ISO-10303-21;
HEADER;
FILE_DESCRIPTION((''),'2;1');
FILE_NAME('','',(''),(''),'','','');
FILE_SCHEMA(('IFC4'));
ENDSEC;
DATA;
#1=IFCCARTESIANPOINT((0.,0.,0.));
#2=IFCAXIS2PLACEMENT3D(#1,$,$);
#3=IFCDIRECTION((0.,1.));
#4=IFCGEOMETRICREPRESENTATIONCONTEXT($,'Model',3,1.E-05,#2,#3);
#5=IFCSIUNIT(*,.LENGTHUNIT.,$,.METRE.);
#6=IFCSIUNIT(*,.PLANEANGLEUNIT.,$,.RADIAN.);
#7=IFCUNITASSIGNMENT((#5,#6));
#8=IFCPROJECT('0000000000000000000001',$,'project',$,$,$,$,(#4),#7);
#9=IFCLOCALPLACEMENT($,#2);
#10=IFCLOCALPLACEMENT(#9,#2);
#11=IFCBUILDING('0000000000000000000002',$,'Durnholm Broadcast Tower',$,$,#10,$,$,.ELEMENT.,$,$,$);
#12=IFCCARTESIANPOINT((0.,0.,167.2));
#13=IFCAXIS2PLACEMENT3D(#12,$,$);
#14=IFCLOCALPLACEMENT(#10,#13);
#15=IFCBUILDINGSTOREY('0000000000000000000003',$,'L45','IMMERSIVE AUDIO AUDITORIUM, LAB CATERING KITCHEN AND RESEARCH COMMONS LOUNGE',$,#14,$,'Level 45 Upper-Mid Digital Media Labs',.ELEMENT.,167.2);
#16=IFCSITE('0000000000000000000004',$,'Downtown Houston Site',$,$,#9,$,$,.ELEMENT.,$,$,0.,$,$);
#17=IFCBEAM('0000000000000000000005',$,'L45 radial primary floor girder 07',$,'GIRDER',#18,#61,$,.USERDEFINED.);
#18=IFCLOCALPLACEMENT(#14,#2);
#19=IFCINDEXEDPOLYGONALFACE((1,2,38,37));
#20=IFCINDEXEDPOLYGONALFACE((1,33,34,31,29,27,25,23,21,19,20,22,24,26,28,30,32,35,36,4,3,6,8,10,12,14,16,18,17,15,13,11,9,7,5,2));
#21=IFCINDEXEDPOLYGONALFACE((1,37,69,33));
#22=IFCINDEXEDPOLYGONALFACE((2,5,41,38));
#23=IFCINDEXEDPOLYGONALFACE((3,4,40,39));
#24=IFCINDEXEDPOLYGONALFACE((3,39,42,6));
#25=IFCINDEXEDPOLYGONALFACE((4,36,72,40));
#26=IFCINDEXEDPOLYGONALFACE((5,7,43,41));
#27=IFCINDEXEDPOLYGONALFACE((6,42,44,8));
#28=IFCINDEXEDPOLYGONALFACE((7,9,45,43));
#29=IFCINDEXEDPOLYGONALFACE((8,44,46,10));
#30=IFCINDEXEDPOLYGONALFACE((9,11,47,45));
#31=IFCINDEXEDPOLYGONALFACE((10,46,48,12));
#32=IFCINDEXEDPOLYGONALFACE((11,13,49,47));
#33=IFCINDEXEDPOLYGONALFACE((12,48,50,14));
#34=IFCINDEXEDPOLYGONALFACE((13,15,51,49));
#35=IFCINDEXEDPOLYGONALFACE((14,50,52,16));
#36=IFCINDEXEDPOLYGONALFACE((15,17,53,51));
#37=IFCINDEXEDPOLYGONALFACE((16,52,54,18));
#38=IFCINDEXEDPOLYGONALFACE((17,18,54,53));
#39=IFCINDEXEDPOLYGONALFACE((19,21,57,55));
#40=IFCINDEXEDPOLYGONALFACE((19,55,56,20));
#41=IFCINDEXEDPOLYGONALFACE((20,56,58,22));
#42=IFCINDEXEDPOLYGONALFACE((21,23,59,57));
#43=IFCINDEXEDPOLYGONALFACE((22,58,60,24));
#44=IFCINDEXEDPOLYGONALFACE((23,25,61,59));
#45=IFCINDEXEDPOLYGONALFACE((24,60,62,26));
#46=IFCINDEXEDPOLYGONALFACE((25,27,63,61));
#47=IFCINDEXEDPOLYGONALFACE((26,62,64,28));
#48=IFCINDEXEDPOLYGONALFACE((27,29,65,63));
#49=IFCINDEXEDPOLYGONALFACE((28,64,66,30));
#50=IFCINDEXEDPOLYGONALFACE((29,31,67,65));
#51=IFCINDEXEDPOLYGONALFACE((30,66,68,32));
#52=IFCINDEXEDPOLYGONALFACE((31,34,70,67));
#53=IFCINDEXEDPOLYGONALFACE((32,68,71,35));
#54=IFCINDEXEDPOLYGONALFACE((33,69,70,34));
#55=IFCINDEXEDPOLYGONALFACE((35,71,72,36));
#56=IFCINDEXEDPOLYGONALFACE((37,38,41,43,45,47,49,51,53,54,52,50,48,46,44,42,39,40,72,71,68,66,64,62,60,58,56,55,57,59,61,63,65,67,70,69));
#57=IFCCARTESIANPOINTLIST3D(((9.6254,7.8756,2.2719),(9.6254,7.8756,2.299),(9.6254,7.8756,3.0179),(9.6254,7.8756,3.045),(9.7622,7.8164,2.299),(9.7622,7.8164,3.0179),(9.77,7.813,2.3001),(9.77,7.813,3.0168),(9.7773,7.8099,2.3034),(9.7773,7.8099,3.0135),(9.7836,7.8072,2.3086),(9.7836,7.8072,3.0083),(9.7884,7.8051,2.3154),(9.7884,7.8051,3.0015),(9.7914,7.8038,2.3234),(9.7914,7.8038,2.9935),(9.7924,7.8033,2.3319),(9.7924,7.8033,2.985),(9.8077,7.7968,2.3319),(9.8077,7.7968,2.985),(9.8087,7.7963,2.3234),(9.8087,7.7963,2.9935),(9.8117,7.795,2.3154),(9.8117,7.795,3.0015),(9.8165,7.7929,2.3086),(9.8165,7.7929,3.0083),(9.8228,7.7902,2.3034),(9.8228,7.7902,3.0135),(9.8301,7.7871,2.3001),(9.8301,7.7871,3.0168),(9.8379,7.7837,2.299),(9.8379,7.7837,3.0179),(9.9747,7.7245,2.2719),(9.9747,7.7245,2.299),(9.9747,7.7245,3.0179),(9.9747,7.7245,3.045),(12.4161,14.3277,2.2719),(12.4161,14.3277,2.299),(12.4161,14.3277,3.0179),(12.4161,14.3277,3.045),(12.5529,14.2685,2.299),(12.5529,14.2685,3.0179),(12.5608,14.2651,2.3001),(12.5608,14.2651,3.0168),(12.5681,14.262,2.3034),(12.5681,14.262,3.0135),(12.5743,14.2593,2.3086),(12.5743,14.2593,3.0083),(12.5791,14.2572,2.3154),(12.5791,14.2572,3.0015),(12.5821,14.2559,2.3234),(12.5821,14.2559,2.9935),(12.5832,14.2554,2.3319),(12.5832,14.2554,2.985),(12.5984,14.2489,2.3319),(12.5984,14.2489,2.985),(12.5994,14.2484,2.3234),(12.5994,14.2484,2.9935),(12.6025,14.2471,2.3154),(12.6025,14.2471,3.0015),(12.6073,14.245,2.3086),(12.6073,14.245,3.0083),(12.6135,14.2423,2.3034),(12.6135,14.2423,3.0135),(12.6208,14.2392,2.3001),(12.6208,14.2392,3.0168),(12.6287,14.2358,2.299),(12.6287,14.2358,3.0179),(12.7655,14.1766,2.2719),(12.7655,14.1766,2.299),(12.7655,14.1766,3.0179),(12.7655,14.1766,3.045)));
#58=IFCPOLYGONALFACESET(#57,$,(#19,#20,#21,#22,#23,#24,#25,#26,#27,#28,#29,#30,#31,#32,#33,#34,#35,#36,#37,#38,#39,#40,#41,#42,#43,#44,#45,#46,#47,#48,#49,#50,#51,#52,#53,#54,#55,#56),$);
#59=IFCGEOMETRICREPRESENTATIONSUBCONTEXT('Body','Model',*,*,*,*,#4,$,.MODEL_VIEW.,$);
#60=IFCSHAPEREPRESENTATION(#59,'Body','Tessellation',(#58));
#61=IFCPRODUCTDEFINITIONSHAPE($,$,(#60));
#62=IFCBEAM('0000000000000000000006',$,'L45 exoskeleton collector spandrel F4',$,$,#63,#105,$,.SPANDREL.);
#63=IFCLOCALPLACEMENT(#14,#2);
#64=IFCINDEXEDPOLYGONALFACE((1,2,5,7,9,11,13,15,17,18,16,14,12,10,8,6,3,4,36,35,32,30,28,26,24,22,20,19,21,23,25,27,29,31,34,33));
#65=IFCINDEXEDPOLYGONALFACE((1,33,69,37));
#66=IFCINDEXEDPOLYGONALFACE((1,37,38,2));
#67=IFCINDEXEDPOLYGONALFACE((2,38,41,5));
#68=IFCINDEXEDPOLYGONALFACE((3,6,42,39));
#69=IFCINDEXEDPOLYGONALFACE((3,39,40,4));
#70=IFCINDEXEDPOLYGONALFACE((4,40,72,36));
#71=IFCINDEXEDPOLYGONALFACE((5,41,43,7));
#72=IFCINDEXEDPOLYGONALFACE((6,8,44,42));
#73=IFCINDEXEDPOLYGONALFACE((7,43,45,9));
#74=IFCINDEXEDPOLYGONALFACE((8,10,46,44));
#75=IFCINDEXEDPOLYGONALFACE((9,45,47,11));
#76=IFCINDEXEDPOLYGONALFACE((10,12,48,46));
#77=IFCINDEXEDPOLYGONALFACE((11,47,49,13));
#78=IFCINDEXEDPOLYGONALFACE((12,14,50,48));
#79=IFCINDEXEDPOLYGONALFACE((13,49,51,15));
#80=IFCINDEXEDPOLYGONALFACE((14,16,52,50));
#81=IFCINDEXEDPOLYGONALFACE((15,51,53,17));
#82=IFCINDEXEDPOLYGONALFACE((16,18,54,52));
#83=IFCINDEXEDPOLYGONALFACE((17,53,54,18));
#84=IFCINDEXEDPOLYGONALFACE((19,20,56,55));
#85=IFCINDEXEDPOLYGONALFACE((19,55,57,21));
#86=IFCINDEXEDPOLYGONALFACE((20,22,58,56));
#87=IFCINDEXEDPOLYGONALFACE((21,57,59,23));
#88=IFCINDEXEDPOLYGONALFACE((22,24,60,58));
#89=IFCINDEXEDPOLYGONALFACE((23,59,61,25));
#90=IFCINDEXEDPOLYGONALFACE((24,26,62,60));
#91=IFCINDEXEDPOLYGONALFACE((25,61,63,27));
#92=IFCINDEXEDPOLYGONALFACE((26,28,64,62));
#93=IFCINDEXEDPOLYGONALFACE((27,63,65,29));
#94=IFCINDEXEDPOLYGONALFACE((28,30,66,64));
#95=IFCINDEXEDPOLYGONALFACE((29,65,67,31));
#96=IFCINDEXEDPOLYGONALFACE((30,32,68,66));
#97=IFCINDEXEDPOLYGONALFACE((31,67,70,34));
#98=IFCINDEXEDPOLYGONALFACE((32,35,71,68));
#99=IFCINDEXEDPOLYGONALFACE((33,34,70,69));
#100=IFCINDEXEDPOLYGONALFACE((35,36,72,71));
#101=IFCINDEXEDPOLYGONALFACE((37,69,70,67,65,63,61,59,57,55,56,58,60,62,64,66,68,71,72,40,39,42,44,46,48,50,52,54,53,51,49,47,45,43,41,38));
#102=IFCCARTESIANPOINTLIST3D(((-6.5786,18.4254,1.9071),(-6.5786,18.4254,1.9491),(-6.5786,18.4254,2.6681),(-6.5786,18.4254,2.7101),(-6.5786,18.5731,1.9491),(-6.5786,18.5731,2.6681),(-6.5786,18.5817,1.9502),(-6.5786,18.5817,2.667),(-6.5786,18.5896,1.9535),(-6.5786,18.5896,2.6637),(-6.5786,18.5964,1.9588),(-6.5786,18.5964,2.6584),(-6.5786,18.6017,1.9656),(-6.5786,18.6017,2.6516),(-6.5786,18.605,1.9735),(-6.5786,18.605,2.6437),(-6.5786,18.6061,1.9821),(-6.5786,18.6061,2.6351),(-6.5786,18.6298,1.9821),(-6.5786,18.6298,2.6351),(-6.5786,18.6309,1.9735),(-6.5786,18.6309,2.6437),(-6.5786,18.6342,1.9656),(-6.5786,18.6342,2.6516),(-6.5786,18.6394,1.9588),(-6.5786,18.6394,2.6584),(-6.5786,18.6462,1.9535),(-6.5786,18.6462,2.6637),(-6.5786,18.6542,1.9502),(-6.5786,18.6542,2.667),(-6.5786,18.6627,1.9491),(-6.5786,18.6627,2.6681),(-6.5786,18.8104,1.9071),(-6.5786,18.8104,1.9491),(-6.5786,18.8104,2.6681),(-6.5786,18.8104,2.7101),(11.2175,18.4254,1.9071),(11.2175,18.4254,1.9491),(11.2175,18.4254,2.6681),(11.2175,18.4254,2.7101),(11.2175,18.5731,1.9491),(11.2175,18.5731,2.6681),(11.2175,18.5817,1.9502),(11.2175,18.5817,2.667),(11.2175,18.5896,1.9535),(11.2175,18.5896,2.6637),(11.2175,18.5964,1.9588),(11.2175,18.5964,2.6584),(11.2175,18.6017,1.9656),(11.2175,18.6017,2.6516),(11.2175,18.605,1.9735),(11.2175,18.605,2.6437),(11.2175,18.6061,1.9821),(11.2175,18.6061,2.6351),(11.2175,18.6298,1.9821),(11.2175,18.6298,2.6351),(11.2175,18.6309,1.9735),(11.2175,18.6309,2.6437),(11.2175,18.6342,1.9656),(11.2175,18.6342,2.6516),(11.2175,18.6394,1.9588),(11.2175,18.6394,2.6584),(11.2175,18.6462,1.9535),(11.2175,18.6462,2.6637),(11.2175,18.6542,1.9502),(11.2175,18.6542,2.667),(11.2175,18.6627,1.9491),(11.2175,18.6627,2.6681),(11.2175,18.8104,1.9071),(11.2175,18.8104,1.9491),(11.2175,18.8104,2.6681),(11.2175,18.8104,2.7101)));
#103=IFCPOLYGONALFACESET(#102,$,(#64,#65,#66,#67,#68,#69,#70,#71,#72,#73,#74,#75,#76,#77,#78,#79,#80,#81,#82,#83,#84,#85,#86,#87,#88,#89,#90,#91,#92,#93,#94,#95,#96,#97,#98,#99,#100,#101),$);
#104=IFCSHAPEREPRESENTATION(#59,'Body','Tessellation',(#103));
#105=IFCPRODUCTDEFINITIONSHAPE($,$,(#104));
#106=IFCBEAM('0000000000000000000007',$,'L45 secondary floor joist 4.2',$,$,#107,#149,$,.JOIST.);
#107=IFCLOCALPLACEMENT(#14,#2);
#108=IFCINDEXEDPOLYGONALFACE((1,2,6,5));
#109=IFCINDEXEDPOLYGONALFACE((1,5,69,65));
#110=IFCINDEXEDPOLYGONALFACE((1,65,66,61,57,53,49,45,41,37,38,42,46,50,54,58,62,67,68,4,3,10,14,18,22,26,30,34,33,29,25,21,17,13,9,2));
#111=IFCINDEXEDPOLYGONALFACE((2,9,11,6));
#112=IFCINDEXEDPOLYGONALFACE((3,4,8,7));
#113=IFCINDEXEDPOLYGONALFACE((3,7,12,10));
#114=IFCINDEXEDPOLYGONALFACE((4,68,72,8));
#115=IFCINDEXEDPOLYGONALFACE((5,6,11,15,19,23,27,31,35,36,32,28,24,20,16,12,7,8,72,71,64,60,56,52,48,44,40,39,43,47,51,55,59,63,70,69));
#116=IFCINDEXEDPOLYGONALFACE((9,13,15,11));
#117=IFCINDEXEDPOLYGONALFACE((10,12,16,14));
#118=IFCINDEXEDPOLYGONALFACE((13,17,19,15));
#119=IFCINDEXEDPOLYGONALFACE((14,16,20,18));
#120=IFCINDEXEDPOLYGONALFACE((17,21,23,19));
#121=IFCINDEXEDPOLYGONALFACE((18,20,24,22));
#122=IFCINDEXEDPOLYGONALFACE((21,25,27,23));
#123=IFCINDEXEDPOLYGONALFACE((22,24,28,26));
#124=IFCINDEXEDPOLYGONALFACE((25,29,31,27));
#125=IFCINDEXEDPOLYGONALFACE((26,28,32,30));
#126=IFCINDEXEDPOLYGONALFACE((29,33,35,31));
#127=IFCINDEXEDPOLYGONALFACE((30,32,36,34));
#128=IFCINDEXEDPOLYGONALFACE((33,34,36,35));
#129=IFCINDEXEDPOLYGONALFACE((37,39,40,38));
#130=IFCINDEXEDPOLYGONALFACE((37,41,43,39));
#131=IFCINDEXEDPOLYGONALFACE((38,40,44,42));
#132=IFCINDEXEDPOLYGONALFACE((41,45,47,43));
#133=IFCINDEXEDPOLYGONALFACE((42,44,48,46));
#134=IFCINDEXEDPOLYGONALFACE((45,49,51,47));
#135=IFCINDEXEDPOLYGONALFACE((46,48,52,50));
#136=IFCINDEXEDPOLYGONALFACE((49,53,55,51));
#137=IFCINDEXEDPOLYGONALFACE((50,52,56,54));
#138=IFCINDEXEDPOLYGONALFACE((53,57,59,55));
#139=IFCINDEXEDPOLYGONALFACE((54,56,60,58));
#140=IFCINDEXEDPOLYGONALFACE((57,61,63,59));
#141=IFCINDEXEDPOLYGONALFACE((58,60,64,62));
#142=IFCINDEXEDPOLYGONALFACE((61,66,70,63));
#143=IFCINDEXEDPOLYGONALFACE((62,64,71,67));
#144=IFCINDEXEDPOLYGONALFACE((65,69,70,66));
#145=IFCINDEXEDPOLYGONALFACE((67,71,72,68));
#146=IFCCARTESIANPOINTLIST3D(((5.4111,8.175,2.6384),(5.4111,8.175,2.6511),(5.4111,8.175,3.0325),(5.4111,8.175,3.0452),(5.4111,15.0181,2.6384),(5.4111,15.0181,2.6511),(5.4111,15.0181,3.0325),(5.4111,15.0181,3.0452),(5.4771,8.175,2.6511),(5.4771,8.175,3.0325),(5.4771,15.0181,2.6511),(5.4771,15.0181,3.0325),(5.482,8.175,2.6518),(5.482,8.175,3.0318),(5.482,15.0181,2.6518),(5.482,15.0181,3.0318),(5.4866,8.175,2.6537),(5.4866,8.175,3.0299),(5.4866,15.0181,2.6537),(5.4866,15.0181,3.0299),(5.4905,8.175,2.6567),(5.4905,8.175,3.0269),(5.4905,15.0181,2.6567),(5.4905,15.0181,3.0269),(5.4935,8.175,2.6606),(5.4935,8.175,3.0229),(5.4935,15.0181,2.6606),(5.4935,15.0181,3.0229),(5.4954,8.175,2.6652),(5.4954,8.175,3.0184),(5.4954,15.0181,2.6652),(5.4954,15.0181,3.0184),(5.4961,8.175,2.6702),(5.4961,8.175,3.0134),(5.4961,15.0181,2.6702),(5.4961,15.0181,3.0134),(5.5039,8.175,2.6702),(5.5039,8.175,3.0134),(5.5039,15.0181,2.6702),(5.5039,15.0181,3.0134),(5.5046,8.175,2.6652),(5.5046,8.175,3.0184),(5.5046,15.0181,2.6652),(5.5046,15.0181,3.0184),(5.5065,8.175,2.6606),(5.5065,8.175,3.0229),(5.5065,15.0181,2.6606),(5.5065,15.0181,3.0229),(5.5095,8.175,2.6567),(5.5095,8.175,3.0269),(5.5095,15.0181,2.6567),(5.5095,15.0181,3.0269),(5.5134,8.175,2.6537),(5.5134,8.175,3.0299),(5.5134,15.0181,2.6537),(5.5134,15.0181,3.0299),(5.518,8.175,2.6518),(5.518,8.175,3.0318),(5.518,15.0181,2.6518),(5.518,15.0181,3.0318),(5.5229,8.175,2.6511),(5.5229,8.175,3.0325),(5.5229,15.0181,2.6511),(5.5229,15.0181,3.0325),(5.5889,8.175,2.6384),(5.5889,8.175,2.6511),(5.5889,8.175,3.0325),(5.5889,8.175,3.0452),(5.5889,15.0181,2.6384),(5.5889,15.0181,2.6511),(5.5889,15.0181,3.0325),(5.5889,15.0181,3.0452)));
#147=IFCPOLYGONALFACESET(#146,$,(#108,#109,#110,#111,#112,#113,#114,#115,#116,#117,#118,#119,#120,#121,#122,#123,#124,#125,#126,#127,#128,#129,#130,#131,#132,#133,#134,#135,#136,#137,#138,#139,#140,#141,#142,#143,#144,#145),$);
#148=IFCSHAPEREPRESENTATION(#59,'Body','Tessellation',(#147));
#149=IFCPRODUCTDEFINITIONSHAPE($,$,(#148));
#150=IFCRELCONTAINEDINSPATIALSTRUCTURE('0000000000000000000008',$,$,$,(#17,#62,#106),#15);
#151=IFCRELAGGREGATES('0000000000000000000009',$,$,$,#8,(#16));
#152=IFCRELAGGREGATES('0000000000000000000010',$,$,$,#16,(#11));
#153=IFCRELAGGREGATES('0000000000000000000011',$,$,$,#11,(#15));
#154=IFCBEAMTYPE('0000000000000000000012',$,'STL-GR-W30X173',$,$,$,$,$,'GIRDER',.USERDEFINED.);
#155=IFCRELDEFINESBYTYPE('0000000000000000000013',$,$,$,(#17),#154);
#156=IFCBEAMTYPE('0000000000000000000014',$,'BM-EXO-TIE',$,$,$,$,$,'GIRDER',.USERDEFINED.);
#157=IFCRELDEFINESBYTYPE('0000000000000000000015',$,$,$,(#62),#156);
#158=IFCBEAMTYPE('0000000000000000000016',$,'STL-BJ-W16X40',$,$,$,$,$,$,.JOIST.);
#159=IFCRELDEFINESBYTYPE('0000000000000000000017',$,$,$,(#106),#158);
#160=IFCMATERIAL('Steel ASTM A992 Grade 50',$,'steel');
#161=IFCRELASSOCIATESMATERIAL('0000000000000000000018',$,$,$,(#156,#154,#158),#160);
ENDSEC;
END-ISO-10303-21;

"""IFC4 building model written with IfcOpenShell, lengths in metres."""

from ifc_helpers import new_model, si_unit, direction, frame, origin, origin_2d, place, context, subcontext, project, spatial, i_section, extrude, source, transform, mapped, material, material_profile, profile_set, type_object, type_shapes, element, save


model = new_model("IFC4")

# Units and contexts
model_context = context("Model", 3, precision=1e-05, world=origin(), true_north=direction((0.0, 1.0)))
body_context = subcontext(model_context, "Body", "Model", "MODEL_VIEW")
ifc_project = project(units=[si_unit("LENGTHUNIT", "METRE"), si_unit("PLANEANGLEUNIT", "RADIAN")], contexts=[model_context])

# Site, building, storey
site_placement = place(None, origin())
site = spatial("IfcSite", under=ifc_project, at=site_placement, Name="Downtown Houston Site", CompositionType="ELEMENT", RefElevation=0.0)
building_placement = place(site_placement, origin())
building = spatial("IfcBuilding", under=site, at=building_placement, Name="Durnholm Broadcast Tower", CompositionType="ELEMENT")
storey_placement = place(building_placement, frame((0.0, 0.0, 167.2)))
storey = spatial("IfcBuildingStorey", under=building, at=storey_placement, Name="L45", Description="IMMERSIVE AUDIO AUDITORIUM, LAB CATERING KITCHEN AND RESEARCH COMMONS LOUNGE", LongName="Level 45 Upper-Mid Digital Media Labs", CompositionType="ELEMENT", Elevation=167.2)

# Beams
ifc_material_1 = material(Name="Steel ASTM A992 Grade 50", Category="steel")
ifc_material_profile_1 = material_profile(ifc_material_1, i_section(OverallWidth=0.385, OverallDepth=0.803, WebThickness=0.0237, FlangeThickness=0.042, FilletRadius=0.033, at=origin_2d()), Name="W30X261")
ifc_profile_set_1 = profile_set([ifc_material_profile_1], Name="Steel ASTM A992 Grade 50")
beam_type_1 = type_object("IfcBeamType", Name="BM-EXO-TIE", ElementType="GIRDER", PredefinedType="USERDEFINED", material=ifc_profile_set_1)
ifc_material_profile_2 = material_profile(ifc_material_1, i_section(OverallWidth=0.3806, OverallDepth=0.7732, WebThickness=0.0166, FlangeThickness=0.0271, FilletRadius=0.033, at=origin_2d()), Name="W30X173")
ifc_profile_set_2 = profile_set([ifc_material_profile_2], Name="Steel ASTM A992 Grade 50")
beam_type_2 = type_object("IfcBeamType", Name="STL-GR-W30X173", ElementType="GIRDER", PredefinedType="USERDEFINED", material=ifc_profile_set_2)
shared_shape_1 = source(origin(), body_context, "Body", "SweptSolid", [
    extrude(i_section(OverallWidth=0.3806, OverallDepth=0.7732, WebThickness=0.0166, FlangeThickness=0.0271, FilletRadius=0.033, at=origin_2d()), origin(), (0.0, 0.0, 1.0), 7.0298),
])
beam_1_placement = place(storey_placement, frame((9.8, 7.8, 2.6584), z_axis=(0.396989, 0.917823, 0.0), x_axis=(-0.917823, 0.396989, 0.0)))
element("IfcBeam", 1, at=beam_1_placement, inside=storey, type_object=beam_type_2, Name="L45 radial primary floor girder 07", ObjectType="GIRDER", PredefinedType="USERDEFINED", context=body_context, shape_type="MappedRepresentation", body=[
    mapped(shared_shape_1, transform((0.0, 0.0, 0.0), x_axis=(1.0, 0.0, 0.0), y_axis=(0.0, 1.0, 0.0), z_axis=(0.0, 0.0, 1.0), scale=1.0)),
])
shared_shape_2 = source(origin(), body_context, "Body", "SweptSolid", [
    extrude(i_section(OverallWidth=0.385, OverallDepth=0.803, WebThickness=0.0237, FlangeThickness=0.042, FilletRadius=0.033, at=origin_2d()), origin(), (0.0, 0.0, 1.0), 17.7961),
])
beam_2_placement = place(storey_placement, frame((11.2175, 18.6179, 2.3086), z_axis=(-1.0, 0.0, 0.0), x_axis=(0.0, -1.0, 0.0)))
element("IfcBeam", 2, at=beam_2_placement, inside=storey, type_object=beam_type_1, Name="L45 exoskeleton collector spandrel F4", PredefinedType="SPANDREL", context=body_context, shape_type="MappedRepresentation", body=[
    mapped(shared_shape_2, transform((0.0, 0.0, 0.0), x_axis=(1.0, 0.0, 0.0), y_axis=(0.0, 1.0, 0.0), z_axis=(0.0, 0.0, 1.0), scale=1.0)),
])
ifc_material_profile_3 = material_profile(ifc_material_1, i_section(OverallWidth=0.1777, OverallDepth=0.4067, WebThickness=0.0078, FlangeThickness=0.0127, FilletRadius=0.019, at=origin_2d()), Name="W16X40")
ifc_profile_set_3 = profile_set([ifc_material_profile_3], Name="Steel ASTM A992 Grade 50")
beam_type_3 = type_object("IfcBeamType", Name="STL-BJ-W16X40", PredefinedType="JOIST", material=ifc_profile_set_3)
shared_shape_3 = source(origin(), body_context, "Body", "SweptSolid", [
    extrude(i_section(OverallWidth=0.1777, OverallDepth=0.4067, WebThickness=0.0078, FlangeThickness=0.0127, FilletRadius=0.019, at=origin_2d()), origin(), (0.0, 0.0, 1.0), 6.843),
])
type_shapes(beam_type_3, [shared_shape_3])
beam_3_placement = place(storey_placement, frame((5.5, 8.175, 2.8418), z_axis=(0.0, 1.0, 0.0), x_axis=(-1.0, 0.0, 0.0)))
element("IfcBeam", 3, at=beam_3_placement, inside=storey, type_object=beam_type_3, Name="L45 secondary floor joist 4.2", PredefinedType="JOIST", context=body_context, shape_type="MappedRepresentation", body=[
    mapped(shared_shape_3, transform((0.0, 0.0, 0.0), x_axis=(1.0, 0.0, 0.0), y_axis=(0.0, 1.0, 0.0), z_axis=(0.0, 0.0, 1.0), scale=1.0)),
])

save(model, "model.ifc")
